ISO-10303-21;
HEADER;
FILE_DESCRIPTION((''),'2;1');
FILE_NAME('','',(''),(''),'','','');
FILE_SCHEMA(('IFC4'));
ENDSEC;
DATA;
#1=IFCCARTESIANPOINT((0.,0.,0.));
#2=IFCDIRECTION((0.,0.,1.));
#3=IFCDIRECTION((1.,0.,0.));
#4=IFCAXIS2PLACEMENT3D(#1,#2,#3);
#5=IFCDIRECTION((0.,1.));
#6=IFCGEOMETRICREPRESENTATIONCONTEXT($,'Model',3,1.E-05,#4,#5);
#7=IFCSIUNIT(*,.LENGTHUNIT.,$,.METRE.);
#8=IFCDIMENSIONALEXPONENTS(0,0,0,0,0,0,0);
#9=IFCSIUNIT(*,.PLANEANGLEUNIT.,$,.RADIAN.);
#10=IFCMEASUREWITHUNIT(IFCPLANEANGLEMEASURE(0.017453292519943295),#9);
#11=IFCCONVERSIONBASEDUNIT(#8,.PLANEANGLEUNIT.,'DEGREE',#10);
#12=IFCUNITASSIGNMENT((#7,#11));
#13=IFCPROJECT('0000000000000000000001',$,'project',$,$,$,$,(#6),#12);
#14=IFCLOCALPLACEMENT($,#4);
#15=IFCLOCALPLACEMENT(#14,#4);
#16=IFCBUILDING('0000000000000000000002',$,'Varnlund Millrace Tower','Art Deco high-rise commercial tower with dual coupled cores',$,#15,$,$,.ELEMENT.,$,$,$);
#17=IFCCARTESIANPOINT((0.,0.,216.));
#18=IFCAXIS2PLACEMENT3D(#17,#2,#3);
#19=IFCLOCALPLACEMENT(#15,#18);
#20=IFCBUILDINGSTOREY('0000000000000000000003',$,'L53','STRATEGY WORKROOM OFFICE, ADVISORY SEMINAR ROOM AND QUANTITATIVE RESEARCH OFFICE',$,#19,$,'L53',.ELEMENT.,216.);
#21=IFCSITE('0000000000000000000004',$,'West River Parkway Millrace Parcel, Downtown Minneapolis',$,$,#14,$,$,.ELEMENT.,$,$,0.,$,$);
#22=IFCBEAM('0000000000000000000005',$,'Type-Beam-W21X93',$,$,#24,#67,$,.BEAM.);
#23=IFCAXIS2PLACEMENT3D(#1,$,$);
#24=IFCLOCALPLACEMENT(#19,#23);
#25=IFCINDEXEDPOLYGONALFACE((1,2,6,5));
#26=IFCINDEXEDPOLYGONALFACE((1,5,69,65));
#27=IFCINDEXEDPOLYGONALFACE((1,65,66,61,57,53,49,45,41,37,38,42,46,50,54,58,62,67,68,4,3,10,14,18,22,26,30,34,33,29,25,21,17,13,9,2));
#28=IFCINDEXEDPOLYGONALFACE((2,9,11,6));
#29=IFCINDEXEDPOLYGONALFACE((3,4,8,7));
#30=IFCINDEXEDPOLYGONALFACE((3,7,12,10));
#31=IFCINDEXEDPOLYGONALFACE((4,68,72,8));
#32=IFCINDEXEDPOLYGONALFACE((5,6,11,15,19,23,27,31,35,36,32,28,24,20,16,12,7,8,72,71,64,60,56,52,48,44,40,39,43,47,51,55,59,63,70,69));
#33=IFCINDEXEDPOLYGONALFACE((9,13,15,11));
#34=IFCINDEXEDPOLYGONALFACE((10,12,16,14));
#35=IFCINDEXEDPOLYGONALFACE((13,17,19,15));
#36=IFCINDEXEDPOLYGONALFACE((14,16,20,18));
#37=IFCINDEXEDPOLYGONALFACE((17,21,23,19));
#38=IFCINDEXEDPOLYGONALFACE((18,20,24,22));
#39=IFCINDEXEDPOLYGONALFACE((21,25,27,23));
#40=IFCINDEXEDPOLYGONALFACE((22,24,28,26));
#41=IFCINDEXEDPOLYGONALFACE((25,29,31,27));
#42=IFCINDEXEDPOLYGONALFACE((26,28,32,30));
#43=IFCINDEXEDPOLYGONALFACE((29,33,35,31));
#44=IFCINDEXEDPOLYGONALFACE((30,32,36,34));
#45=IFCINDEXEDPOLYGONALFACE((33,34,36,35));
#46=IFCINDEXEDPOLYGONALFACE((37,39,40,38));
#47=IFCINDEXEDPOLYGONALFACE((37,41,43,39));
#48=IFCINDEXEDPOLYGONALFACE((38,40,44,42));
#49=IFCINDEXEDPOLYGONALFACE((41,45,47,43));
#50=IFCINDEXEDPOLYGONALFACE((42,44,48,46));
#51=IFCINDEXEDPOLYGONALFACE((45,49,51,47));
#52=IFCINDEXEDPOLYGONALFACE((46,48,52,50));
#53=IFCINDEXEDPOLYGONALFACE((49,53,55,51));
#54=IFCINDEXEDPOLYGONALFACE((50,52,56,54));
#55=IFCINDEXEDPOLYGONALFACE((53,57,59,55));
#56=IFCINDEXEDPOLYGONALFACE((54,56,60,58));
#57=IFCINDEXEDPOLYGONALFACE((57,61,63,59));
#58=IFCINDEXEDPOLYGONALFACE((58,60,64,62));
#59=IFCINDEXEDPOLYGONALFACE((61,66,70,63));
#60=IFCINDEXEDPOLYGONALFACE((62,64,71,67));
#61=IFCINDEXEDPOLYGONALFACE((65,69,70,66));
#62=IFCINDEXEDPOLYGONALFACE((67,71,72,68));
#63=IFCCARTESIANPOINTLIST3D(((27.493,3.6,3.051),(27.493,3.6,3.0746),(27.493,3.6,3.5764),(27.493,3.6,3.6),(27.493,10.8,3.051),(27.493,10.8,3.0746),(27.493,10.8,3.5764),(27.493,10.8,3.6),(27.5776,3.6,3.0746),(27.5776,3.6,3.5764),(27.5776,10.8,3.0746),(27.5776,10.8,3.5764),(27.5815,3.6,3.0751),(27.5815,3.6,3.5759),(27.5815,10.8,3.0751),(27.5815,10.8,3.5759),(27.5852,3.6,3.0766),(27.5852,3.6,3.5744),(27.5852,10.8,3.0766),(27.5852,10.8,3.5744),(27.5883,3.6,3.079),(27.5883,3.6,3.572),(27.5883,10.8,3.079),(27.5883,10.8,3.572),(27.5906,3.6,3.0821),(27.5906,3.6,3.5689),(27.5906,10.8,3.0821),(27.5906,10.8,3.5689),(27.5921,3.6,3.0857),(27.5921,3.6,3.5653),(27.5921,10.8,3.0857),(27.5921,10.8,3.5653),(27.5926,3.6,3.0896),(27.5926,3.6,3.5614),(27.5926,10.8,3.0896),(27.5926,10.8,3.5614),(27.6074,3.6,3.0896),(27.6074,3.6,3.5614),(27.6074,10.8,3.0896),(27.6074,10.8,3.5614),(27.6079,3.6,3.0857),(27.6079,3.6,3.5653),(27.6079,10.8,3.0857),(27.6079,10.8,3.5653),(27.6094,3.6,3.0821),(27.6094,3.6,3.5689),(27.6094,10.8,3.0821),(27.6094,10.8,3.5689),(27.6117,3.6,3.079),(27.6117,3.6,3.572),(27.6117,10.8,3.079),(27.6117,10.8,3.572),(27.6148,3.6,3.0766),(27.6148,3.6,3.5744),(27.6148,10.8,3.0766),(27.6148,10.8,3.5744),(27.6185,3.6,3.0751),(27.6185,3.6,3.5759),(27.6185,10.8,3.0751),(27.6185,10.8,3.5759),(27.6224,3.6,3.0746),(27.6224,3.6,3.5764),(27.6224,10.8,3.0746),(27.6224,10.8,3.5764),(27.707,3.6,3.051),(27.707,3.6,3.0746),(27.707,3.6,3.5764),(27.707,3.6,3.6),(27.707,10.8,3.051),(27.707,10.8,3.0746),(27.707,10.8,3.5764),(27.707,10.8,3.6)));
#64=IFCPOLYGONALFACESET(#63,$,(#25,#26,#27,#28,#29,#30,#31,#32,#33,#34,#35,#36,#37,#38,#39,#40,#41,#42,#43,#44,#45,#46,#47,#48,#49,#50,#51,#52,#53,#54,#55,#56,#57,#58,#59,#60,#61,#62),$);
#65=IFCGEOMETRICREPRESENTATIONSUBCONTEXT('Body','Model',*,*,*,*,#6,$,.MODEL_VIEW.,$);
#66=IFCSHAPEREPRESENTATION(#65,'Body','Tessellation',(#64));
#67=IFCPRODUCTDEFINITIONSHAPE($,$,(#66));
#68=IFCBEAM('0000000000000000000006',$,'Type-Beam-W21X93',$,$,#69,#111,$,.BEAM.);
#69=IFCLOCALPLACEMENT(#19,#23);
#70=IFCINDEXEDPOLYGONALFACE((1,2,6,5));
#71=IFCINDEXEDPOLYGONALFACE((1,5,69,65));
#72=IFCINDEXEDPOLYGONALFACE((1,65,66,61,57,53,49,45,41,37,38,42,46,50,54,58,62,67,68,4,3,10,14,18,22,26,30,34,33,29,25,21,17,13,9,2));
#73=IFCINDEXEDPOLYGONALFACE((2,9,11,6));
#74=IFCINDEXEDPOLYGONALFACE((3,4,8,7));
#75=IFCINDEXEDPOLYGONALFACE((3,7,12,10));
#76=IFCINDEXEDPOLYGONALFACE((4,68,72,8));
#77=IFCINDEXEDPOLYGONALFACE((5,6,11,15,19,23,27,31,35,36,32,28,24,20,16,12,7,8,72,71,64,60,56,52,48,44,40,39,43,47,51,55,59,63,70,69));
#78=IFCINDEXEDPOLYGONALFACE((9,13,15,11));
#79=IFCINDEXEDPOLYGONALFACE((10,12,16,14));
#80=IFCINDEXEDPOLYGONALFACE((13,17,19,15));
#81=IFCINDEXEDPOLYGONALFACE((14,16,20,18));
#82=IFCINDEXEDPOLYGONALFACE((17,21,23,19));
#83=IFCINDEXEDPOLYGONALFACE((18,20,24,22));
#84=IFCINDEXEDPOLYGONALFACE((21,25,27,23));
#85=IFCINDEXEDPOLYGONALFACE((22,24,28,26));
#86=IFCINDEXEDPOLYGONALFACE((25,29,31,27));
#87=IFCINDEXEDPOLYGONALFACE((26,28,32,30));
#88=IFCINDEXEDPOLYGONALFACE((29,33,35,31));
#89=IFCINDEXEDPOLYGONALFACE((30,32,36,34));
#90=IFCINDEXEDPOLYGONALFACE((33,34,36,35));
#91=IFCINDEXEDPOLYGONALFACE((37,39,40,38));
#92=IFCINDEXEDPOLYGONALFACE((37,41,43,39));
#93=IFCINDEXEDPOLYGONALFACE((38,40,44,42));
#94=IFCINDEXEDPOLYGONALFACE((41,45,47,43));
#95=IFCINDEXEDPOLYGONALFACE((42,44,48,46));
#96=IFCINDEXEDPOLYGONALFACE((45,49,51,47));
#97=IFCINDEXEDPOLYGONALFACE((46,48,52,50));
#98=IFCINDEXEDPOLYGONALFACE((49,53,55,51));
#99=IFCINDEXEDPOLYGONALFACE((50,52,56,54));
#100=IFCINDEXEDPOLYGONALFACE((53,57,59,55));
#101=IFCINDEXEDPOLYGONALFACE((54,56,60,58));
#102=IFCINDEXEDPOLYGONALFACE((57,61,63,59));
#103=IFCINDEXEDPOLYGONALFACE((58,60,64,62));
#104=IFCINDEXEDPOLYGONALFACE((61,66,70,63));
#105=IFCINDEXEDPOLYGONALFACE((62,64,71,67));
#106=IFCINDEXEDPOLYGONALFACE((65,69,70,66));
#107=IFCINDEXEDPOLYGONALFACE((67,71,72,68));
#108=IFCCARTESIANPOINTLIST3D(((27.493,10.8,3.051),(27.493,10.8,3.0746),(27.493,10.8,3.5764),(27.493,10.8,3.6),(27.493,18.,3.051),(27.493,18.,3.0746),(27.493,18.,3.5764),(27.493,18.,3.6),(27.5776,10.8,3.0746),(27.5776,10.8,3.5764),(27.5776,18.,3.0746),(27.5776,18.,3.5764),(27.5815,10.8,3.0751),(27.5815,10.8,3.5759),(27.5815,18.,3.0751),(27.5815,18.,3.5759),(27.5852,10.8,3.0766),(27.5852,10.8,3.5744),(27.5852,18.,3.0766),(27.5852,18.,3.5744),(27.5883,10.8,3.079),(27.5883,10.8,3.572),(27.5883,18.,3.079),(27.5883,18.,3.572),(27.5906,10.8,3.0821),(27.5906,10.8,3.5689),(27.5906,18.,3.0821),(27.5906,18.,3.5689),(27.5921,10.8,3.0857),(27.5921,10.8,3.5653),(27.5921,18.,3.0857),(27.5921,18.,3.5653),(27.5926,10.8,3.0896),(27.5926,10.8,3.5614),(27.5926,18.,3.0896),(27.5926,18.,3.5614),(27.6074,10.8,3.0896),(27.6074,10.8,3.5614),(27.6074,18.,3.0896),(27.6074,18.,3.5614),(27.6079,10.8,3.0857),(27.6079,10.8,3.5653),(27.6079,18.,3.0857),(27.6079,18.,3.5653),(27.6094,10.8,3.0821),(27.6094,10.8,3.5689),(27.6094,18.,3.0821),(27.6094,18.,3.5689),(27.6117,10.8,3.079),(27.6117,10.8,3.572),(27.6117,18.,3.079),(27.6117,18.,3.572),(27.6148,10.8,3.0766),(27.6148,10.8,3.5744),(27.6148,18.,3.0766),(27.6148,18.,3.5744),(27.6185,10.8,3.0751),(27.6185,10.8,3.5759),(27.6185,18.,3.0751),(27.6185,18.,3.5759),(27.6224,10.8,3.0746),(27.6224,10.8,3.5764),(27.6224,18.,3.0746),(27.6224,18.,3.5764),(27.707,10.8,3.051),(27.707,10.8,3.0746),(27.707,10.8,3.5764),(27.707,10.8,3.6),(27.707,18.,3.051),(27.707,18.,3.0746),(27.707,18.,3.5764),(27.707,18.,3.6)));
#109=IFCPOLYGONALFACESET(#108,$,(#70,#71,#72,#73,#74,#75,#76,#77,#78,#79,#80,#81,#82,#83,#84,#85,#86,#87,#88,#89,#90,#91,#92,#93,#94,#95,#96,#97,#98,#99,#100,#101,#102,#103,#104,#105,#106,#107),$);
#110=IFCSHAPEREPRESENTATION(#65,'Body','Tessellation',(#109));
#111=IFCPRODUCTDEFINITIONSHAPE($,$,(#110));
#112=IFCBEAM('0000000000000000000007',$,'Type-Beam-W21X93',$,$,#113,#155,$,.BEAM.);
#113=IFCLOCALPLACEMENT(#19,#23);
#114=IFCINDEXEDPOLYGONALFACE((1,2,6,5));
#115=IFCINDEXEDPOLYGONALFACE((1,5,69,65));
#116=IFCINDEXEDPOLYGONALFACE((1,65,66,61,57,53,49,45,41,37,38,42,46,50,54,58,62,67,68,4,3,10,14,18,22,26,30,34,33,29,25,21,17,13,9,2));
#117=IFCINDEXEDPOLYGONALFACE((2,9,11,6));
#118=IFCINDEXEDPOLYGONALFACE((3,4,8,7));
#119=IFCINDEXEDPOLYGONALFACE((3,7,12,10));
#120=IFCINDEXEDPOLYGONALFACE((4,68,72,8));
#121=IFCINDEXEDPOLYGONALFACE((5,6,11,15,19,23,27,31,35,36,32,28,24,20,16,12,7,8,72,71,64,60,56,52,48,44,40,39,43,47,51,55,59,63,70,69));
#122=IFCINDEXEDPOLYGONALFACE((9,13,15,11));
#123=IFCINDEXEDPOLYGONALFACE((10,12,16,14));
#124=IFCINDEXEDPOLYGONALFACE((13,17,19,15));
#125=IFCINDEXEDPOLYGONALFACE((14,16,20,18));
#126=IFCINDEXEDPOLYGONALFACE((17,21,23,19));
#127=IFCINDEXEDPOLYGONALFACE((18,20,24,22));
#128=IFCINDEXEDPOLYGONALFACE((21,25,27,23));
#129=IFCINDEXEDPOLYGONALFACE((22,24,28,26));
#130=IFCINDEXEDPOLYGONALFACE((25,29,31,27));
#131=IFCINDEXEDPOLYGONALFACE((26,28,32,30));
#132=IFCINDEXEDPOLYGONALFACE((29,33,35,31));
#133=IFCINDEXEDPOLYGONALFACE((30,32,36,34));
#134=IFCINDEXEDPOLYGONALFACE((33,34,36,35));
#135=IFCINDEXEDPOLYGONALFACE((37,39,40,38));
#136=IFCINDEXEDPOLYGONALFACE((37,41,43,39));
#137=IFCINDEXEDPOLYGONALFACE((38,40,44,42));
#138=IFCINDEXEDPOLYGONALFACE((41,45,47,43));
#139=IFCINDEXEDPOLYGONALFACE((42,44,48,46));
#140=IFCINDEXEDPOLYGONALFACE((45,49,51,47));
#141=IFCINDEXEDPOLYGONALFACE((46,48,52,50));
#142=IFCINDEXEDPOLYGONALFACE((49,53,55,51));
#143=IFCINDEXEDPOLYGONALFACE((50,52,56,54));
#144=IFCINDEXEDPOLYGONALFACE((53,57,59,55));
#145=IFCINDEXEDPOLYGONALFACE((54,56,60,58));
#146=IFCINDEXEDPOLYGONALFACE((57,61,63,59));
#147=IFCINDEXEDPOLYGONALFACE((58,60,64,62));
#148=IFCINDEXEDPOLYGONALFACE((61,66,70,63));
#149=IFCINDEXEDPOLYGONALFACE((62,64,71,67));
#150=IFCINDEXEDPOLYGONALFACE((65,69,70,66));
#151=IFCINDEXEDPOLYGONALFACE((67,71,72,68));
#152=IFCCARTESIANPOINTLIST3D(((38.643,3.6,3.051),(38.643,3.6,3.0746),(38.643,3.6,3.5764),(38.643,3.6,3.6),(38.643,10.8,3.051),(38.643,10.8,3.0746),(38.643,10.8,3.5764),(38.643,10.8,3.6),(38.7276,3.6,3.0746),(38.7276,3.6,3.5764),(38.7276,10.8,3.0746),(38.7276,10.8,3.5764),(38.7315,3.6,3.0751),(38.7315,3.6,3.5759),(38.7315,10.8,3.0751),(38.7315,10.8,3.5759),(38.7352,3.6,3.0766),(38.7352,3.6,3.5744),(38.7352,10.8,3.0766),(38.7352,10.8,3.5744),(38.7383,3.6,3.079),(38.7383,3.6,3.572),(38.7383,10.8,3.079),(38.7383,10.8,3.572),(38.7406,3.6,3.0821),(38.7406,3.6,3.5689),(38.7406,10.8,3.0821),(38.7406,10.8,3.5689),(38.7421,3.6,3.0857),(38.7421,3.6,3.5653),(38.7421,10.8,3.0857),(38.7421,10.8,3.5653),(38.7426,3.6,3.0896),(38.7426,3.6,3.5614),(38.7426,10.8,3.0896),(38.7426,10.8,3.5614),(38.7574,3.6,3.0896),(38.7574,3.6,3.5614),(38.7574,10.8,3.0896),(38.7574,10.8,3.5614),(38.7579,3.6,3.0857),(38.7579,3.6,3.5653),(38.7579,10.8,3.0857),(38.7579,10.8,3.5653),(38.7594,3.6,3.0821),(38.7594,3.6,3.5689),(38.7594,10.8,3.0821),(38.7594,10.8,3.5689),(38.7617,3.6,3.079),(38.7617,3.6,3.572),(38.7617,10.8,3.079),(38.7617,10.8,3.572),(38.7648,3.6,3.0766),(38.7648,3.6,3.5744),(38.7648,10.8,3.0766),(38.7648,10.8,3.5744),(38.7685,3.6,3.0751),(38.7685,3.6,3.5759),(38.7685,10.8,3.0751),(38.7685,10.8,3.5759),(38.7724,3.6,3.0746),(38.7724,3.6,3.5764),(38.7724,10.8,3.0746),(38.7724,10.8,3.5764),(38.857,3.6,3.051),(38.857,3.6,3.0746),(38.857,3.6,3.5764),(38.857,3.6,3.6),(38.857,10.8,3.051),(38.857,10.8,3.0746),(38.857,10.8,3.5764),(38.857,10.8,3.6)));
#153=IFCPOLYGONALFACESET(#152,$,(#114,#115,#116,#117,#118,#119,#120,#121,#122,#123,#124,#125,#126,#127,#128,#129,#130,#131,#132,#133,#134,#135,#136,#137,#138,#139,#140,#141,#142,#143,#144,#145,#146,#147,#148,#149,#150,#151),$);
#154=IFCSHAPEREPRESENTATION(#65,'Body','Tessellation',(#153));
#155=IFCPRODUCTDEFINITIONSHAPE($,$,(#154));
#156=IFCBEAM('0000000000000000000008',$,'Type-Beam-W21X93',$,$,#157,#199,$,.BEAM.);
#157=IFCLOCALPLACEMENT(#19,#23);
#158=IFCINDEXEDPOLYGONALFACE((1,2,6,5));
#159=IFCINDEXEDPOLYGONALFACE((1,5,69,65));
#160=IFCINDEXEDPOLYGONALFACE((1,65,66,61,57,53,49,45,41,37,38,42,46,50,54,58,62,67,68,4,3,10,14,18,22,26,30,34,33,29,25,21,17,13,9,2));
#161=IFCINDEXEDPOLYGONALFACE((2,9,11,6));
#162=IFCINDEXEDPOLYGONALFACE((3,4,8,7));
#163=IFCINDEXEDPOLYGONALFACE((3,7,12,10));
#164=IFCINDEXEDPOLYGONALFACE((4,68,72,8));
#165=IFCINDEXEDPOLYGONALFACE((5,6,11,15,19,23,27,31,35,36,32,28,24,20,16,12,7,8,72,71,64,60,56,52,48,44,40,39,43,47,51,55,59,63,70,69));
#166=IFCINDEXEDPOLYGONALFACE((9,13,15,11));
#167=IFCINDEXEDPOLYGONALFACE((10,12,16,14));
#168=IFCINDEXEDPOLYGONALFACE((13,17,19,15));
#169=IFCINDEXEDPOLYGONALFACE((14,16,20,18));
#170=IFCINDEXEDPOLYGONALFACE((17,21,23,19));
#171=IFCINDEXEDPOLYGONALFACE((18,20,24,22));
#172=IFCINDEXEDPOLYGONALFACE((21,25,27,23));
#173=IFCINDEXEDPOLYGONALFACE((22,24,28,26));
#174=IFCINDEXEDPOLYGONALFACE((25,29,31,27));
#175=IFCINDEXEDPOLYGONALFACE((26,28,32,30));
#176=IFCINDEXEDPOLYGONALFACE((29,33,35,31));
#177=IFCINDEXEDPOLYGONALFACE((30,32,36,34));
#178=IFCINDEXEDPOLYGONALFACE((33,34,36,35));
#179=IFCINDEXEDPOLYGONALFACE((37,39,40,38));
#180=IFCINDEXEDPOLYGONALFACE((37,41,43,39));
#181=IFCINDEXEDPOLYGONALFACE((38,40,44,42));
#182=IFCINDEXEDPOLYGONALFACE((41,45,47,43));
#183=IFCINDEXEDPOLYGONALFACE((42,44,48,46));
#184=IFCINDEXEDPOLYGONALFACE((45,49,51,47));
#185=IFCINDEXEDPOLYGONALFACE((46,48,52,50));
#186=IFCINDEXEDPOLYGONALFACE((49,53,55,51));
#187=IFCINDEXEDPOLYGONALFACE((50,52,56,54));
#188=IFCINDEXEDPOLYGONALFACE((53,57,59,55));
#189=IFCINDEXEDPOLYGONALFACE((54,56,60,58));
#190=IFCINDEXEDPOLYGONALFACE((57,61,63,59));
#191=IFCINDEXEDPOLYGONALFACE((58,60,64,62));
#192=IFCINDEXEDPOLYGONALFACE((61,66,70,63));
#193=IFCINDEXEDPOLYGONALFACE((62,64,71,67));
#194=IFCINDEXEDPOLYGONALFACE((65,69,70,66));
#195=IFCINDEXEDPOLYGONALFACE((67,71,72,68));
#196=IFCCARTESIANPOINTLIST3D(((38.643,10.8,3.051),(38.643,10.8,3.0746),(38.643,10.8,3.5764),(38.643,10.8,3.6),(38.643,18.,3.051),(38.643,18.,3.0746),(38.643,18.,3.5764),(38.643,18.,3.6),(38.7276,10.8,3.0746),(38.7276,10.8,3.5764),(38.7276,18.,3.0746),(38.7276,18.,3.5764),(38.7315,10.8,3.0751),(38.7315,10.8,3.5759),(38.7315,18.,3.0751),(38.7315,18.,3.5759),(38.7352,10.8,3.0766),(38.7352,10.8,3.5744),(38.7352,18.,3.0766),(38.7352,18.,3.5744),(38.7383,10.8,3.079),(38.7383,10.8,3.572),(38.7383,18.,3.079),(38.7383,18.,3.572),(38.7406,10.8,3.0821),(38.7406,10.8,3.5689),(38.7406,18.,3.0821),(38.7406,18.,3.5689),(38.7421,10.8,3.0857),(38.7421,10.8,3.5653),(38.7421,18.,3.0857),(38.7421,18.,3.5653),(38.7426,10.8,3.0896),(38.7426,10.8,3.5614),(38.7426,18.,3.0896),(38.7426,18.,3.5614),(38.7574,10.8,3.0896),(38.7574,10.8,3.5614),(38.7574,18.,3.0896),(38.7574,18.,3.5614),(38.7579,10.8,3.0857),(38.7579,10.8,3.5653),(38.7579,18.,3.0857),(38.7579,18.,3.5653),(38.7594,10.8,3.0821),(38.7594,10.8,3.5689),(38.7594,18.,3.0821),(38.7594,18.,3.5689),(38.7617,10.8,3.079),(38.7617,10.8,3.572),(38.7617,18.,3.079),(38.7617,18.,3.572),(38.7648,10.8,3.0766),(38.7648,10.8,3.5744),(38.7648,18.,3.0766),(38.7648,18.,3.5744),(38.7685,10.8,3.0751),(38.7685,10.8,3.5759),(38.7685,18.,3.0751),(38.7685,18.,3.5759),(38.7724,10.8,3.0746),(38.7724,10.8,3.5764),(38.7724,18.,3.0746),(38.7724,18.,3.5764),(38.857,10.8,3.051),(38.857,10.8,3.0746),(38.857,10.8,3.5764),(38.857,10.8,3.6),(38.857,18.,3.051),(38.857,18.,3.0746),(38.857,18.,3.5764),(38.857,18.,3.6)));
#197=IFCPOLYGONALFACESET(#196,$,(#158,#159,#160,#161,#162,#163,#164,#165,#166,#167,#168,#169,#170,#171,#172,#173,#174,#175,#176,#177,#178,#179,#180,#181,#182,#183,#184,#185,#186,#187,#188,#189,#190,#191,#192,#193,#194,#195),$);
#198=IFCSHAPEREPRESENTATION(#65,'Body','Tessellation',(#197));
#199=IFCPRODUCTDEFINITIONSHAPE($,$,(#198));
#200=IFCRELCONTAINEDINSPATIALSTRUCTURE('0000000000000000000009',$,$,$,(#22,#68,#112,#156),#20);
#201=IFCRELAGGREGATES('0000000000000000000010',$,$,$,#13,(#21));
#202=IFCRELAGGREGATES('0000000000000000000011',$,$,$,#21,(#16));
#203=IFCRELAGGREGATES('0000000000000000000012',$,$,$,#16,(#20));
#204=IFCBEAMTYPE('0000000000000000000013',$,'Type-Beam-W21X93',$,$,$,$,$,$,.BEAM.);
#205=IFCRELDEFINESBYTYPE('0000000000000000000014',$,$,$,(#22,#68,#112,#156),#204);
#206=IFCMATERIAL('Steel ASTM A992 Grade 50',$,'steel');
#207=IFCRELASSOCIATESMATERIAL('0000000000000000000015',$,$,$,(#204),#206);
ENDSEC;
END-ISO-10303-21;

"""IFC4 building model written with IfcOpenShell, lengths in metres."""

from ifc_helpers import new_model, entity, si_unit, converted_unit, direction, frame, origin_with_axes, origin_2d_with_axis, place, context, subcontext, project, spatial, i_section, extrude, material, material_profile, profile_set, type_object, element, save


model = new_model("IFC4")

# Units and contexts
model_context = context("Model", 3, precision=1e-05, world=origin_with_axes(), true_north=direction((0.0, 1.0)))
body_context = subcontext(model_context, "Body", "Model", "MODEL_VIEW")
ifc_project = project(units=[si_unit("LENGTHUNIT", "METRE"), converted_unit("PLANEANGLEUNIT", "DEGREE", entity("IfcPlaneAngleMeasure", 0.017453292519943295), si_unit("PLANEANGLEUNIT", "RADIAN"), dimensions=[0, 0, 0, 0, 0, 0, 0])], contexts=[model_context])

# Site, building, storey
site_placement = place(None, origin_with_axes())
site = spatial("IfcSite", under=ifc_project, at=site_placement, Name="West River Parkway Millrace Parcel, Downtown Minneapolis", CompositionType="ELEMENT", RefElevation=0.0)
building_placement = place(site_placement, origin_with_axes())
building = spatial("IfcBuilding", under=site, at=building_placement, Name="Varnlund Millrace Tower", Description="Art Deco high-rise commercial tower with dual coupled cores", CompositionType="ELEMENT")
storey_placement = place(building_placement, frame((0.0, 0.0, 216.0), z_axis=(0.0, 0.0, 1.0), x_axis=(1.0, 0.0, 0.0)))
storey = spatial("IfcBuildingStorey", under=building, at=storey_placement, Name="L53", Description="STRATEGY WORKROOM OFFICE, ADVISORY SEMINAR ROOM AND QUANTITATIVE RESEARCH OFFICE", LongName="L53", CompositionType="ELEMENT", Elevation=216.0)

# Beams
ifc_material_1 = material(Name="Steel ASTM A992 Grade 50", Category="steel")
ifc_material_profile_1 = material_profile(ifc_material_1, i_section(OverallWidth=0.214, OverallDepth=0.549, WebThickness=0.0147, FlangeThickness=0.0236, FilletRadius=0.015, at=origin_2d_with_axis()), Name="Steel ASTM A992 Grade 50")
ifc_profile_set_1 = profile_set([ifc_material_profile_1], Name="Steel ASTM A992 Grade 50")
beam_type_1 = type_object("IfcBeamType", Name="Type-Beam-W21X93", PredefinedType="BEAM", material=ifc_profile_set_1)
for number, where, z_axis, x_axis, name in (
    (1, (27.6, 3.6, 3.3255), (0.0, 1.0, 0.0), (-1.0, 0.0, 0.0), "Type-Beam-W21X93"),
    (2, (27.6, 10.8, 3.3255), (0.0, 1.0, 0.0), (-1.0, 0.0, 0.0), "Type-Beam-W21X93"),
    (3, (38.75, 3.6, 3.3255), (0.0, 1.0, 0.0), (-1.0, 0.0, 0.0), "Type-Beam-W21X93"),
    (4, (38.75, 10.8, 3.3255), (0.0, 1.0, 0.0), (-1.0, 0.0, 0.0), "Type-Beam-W21X93"),
):
    element("IfcBeam", number, at=place(storey_placement, frame(where, z_axis=z_axis, x_axis=x_axis)), inside=storey, type_object=beam_type_1, Name=name, PredefinedType="BEAM", context=body_context, shape_type="SweptSolid", body=[
        extrude(i_section(OverallWidth=0.214, OverallDepth=0.549, WebThickness=0.0147, FlangeThickness=0.0236, FilletRadius=0.015, at=origin_2d_with_axis()), origin_with_axes(), (0.0, 0.0, 1.0), 7.2),
    ])

save(model, "model.ifc")
